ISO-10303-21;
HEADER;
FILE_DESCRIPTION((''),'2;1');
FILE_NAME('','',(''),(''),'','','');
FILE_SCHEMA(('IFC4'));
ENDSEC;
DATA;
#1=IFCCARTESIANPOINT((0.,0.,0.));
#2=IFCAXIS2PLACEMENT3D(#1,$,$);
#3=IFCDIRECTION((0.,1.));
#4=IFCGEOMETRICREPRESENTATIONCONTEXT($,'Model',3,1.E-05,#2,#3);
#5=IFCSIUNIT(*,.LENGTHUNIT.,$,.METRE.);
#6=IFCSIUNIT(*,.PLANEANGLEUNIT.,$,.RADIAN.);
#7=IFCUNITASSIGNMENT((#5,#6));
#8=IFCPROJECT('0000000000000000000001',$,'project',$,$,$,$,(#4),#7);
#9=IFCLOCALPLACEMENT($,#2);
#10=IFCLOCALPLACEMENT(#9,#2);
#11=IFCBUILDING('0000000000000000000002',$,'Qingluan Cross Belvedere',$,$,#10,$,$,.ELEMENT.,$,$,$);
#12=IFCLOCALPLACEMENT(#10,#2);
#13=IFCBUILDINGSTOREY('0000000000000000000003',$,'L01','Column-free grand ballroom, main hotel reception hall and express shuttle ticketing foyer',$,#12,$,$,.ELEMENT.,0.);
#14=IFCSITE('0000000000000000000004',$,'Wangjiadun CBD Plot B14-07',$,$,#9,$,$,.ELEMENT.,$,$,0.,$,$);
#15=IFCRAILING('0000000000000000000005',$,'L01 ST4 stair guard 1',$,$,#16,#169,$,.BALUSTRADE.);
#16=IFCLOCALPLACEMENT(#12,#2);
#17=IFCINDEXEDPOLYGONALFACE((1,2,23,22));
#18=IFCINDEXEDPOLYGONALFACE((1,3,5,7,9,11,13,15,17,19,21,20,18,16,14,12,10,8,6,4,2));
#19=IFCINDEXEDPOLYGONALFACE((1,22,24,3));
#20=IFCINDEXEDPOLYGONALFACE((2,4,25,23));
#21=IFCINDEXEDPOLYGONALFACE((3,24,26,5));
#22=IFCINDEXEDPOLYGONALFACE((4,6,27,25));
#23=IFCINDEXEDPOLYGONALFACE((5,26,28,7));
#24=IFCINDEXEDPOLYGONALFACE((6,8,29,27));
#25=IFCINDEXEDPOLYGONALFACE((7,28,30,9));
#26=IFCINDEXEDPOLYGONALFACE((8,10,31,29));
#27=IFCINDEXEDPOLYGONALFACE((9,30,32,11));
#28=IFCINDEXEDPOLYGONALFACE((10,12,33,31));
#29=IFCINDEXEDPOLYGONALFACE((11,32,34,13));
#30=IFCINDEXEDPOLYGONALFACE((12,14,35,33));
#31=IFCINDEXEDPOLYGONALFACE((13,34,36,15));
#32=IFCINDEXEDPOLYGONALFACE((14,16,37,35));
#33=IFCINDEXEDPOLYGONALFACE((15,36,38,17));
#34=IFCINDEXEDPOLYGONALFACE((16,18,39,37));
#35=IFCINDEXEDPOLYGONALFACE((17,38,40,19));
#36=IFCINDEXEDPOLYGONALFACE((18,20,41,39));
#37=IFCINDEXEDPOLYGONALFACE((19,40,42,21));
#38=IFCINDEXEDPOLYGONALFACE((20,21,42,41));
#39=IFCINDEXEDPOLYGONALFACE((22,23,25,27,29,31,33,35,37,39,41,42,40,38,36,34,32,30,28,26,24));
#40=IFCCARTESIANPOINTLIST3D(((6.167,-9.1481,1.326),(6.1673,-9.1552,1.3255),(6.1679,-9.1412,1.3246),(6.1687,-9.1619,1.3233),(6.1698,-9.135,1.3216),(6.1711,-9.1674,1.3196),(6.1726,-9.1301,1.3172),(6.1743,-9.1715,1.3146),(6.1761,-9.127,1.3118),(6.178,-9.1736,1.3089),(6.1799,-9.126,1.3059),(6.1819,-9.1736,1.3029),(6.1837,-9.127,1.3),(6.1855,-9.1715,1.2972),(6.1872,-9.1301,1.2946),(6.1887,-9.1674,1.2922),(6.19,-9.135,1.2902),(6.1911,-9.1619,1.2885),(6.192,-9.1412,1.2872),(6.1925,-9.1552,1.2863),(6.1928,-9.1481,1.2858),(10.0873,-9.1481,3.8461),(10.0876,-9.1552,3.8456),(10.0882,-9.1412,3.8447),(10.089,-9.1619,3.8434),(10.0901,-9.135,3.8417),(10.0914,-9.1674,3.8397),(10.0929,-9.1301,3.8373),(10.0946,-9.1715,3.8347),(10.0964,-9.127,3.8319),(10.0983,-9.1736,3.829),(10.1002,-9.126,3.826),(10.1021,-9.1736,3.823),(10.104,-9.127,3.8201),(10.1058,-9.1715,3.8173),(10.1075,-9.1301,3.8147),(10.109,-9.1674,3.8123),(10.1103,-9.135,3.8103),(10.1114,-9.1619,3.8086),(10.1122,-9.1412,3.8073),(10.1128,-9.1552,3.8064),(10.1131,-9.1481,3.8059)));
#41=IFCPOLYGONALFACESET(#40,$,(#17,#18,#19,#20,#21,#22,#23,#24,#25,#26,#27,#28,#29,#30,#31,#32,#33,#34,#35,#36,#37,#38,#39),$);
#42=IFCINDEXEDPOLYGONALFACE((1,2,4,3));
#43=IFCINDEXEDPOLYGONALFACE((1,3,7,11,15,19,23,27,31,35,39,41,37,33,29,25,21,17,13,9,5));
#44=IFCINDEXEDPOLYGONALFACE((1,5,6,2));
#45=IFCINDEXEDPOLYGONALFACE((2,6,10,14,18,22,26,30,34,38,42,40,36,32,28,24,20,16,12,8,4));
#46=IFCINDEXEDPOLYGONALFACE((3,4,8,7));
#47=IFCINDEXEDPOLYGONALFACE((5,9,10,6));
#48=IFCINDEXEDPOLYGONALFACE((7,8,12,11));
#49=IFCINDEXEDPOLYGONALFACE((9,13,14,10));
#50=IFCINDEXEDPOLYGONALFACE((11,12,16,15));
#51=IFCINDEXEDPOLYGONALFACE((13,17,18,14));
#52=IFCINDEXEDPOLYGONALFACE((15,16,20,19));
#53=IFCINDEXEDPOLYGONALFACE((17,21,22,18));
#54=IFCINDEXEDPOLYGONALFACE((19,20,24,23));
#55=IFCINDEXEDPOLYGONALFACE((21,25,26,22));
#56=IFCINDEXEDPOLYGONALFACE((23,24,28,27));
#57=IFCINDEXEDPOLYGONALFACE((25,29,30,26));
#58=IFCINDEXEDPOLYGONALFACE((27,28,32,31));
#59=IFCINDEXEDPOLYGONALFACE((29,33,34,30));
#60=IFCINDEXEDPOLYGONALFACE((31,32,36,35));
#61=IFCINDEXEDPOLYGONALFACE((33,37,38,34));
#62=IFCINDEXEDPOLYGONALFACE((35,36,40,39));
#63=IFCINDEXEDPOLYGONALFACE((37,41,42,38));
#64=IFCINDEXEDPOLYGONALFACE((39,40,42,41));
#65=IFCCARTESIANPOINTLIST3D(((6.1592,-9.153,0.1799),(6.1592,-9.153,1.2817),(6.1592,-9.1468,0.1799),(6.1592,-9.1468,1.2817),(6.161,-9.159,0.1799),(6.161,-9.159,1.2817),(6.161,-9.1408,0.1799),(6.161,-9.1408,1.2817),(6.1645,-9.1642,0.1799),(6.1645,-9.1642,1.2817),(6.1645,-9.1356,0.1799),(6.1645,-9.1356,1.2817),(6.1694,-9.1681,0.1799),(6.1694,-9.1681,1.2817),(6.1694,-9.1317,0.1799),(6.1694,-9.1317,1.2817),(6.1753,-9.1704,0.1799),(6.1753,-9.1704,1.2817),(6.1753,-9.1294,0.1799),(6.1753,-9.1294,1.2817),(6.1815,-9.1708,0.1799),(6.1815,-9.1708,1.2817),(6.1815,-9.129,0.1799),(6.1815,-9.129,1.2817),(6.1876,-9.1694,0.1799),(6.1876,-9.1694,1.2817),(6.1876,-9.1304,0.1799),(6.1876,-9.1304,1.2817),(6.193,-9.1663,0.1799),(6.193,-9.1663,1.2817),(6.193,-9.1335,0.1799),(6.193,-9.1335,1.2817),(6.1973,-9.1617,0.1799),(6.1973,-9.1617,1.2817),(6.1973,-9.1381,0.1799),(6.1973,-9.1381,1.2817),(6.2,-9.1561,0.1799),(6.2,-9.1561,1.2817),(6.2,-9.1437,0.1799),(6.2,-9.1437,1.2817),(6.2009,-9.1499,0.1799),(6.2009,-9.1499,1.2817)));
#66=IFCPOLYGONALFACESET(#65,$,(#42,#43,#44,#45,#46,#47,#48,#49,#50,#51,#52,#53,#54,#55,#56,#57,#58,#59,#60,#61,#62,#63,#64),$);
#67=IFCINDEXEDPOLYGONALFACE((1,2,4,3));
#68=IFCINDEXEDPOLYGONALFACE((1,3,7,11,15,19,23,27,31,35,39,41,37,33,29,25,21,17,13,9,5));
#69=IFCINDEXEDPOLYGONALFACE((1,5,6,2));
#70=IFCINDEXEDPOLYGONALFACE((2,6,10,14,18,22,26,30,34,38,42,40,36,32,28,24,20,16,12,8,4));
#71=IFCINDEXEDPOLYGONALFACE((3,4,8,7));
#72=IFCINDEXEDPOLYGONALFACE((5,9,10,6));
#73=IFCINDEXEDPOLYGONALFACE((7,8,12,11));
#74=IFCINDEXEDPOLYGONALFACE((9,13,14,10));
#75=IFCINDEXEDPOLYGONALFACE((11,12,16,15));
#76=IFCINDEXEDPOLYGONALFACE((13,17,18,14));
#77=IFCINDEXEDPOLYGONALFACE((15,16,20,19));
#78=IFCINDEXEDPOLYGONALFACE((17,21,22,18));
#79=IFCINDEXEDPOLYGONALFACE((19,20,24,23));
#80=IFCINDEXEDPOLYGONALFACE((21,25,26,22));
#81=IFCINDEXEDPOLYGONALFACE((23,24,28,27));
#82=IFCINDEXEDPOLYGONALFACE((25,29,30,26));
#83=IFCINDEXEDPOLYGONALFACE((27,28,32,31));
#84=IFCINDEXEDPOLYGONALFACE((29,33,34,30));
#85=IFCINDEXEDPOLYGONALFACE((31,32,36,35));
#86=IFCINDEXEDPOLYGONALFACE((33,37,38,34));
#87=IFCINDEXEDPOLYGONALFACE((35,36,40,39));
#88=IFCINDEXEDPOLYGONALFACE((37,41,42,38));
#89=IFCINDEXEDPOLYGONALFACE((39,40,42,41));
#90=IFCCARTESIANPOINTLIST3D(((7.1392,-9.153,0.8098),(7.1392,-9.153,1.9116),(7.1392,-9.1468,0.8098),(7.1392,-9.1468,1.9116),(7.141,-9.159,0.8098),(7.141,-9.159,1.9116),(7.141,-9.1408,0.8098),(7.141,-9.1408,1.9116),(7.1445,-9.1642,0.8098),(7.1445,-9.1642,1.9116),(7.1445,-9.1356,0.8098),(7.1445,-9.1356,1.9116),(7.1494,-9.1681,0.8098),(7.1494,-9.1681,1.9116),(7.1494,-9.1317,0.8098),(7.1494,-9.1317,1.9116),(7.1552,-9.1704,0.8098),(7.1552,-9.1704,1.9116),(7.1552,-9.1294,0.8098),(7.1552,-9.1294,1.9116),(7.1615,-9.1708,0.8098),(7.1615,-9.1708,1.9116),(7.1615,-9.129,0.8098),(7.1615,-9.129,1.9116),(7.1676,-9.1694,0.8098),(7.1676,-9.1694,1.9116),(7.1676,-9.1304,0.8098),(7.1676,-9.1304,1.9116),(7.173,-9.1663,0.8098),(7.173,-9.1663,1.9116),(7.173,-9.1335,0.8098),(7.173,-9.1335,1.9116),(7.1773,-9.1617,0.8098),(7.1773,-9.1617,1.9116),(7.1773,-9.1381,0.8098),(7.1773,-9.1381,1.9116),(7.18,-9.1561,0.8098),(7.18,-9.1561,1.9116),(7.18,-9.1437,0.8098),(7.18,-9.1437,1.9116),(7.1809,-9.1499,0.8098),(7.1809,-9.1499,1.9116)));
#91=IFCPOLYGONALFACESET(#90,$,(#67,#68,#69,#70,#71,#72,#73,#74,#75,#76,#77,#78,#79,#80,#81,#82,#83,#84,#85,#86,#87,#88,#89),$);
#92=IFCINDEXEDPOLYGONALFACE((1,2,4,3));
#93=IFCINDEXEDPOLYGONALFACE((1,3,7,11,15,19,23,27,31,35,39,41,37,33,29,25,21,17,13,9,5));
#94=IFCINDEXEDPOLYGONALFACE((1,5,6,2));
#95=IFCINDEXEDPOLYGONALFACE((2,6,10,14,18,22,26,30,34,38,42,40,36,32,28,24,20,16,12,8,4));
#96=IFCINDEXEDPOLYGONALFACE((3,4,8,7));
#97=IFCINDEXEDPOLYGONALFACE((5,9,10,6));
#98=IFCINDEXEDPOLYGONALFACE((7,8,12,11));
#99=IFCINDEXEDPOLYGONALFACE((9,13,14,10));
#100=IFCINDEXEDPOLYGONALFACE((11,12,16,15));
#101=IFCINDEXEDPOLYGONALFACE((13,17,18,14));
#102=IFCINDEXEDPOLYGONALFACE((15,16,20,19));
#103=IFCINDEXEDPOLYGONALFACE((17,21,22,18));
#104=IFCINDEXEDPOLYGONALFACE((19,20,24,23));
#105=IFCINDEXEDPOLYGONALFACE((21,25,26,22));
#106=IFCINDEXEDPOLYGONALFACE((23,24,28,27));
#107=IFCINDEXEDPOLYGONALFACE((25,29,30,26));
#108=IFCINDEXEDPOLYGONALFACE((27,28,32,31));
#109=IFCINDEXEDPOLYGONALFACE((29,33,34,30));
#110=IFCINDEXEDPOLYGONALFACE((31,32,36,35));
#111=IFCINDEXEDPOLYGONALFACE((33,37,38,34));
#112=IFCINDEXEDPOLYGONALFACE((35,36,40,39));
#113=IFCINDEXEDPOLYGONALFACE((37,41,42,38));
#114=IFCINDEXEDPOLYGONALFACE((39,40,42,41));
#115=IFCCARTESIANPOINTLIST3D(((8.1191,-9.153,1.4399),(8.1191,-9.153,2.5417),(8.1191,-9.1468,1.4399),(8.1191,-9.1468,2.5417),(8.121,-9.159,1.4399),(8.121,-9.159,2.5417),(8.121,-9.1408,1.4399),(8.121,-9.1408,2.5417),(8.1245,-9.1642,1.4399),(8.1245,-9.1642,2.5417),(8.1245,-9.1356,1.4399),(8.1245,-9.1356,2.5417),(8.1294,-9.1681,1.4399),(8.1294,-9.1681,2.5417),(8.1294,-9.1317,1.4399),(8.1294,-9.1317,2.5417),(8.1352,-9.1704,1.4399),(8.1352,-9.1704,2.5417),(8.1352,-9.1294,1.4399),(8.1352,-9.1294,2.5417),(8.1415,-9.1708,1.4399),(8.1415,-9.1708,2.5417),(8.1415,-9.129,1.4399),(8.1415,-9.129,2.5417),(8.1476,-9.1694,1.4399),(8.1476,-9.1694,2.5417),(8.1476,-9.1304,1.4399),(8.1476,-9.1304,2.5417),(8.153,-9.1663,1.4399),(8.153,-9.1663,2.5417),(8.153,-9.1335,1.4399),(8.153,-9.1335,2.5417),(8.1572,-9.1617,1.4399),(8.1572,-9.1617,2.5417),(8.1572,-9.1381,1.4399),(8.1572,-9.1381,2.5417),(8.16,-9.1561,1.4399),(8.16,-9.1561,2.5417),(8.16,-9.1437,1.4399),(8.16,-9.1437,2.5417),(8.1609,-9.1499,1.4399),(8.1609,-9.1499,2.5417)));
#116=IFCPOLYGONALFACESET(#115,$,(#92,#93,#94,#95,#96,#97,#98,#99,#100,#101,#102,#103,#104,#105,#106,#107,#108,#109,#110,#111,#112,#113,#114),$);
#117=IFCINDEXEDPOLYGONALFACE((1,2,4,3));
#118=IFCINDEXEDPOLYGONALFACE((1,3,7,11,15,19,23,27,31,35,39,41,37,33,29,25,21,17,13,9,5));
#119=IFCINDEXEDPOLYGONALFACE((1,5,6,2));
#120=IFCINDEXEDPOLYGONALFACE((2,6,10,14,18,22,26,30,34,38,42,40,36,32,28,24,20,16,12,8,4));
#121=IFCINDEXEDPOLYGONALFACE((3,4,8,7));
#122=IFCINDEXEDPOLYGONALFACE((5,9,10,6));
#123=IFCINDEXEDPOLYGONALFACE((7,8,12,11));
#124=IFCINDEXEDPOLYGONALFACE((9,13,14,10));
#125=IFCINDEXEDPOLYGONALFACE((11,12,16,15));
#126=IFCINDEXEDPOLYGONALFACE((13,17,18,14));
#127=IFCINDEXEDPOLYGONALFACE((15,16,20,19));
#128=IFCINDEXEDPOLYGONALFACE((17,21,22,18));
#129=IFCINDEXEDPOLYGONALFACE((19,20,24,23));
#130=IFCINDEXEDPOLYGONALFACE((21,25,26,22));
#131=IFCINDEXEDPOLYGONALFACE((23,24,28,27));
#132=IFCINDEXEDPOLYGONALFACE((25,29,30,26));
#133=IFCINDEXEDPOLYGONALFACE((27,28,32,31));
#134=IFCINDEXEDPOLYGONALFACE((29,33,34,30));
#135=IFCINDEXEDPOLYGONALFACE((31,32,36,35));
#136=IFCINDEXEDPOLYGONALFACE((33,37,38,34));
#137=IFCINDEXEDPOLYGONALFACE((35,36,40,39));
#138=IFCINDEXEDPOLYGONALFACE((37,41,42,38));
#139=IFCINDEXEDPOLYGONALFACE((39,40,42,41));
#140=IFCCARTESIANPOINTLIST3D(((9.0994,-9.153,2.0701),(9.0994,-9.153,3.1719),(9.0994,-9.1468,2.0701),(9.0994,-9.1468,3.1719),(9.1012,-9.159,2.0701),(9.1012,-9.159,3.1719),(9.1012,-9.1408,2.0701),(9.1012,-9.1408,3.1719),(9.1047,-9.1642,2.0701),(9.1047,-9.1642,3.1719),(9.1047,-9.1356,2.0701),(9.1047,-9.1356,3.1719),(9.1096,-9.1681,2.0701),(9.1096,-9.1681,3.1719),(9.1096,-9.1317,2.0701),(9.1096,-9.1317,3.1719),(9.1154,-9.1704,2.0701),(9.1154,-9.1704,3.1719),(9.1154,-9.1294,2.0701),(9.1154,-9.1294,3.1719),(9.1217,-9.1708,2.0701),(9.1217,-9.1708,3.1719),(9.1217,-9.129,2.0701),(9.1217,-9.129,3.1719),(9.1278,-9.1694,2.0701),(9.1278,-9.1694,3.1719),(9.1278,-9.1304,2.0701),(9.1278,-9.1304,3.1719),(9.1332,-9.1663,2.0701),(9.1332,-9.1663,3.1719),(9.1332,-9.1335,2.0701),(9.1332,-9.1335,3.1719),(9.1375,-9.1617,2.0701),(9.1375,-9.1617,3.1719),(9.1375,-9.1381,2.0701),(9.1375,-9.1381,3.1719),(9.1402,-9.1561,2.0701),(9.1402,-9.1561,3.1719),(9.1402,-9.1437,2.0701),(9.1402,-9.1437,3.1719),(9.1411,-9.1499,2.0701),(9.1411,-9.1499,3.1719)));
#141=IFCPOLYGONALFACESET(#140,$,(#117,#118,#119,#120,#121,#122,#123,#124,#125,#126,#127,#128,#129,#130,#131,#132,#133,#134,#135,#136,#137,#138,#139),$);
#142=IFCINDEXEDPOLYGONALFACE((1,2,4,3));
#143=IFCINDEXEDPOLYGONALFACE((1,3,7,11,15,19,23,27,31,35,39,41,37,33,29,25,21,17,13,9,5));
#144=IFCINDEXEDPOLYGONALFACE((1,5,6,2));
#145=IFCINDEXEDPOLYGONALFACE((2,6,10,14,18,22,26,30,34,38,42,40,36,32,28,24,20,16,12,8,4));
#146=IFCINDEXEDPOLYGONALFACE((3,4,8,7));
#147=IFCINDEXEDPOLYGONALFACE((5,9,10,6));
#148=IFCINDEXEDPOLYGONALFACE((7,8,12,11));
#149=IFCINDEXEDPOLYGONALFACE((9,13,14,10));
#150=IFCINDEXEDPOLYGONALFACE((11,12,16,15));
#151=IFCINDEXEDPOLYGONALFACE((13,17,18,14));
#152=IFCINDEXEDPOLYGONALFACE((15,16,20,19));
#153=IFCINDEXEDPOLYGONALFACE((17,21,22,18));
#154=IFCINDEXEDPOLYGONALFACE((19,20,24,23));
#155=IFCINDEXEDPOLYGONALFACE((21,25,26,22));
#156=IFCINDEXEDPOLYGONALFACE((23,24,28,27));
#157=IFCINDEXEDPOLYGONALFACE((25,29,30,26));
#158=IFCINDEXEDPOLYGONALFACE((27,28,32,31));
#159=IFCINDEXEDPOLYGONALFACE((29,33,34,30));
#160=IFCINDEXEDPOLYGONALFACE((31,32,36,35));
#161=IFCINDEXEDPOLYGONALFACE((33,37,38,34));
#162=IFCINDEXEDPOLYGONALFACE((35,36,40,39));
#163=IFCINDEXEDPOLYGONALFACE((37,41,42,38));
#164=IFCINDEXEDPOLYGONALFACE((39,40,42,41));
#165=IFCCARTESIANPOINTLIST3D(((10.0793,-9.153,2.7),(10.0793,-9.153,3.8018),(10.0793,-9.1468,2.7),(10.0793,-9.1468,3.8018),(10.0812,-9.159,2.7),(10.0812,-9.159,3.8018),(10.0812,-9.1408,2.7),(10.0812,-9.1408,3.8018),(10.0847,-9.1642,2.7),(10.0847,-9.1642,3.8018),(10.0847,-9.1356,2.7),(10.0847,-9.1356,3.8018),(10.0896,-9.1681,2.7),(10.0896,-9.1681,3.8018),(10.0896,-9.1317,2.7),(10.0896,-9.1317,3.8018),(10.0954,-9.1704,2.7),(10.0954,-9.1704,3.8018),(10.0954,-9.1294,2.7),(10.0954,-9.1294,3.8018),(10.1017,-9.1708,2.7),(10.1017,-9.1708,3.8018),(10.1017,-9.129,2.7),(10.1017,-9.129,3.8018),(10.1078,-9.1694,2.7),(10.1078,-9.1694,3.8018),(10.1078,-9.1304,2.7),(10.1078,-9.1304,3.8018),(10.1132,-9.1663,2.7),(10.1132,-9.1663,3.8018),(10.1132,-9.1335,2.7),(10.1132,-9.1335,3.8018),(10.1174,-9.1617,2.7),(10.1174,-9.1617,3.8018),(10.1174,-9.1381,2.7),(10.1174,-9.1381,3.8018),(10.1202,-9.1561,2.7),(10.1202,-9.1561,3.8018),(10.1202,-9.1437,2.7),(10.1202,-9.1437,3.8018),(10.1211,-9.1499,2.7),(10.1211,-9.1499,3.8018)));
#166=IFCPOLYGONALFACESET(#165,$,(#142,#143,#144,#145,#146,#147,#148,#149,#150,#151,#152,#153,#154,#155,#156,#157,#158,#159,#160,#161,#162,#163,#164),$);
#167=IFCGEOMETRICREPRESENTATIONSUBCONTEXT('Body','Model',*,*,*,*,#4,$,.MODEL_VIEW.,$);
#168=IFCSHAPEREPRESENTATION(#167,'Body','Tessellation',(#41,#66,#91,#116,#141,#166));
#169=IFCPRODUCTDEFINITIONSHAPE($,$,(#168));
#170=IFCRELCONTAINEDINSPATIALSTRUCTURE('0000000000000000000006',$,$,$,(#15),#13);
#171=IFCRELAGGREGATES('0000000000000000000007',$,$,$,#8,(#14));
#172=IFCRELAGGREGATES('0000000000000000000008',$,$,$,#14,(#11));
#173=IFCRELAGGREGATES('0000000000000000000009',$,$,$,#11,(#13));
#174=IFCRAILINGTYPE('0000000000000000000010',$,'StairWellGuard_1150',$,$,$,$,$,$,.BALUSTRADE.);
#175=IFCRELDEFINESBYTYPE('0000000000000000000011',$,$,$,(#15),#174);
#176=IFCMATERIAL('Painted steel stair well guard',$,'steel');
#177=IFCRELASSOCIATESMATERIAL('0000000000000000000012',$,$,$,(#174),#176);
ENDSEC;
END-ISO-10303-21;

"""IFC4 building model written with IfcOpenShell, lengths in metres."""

from ifc_helpers import new_model, si_unit, direction, frame, origin, origin_2d, place, context, subcontext, project, spatial, circle, extrude, material, type_object, element, save


model = new_model("IFC4")

# Units and contexts
model_context = context("Model", 3, precision=1e-05, world=origin(), true_north=direction((0.0, 1.0)))
body_context = subcontext(model_context, "Body", "Model", "MODEL_VIEW")
ifc_project = project(units=[si_unit("LENGTHUNIT", "METRE"), si_unit("PLANEANGLEUNIT", "RADIAN")], contexts=[model_context])

# Site, building, storey
site_placement = place(None, origin())
site = spatial("IfcSite", under=ifc_project, at=site_placement, Name="Wangjiadun CBD Plot B14-07", CompositionType="ELEMENT", RefElevation=0.0)
building_placement = place(site_placement, origin())
building = spatial("IfcBuilding", under=site, at=building_placement, Name="Qingluan Cross Belvedere", CompositionType="ELEMENT")
storey_placement = place(building_placement, origin())
storey = spatial("IfcBuildingStorey", under=building, at=storey_placement, Name="L01", Description="Column-free grand ballroom, main hotel reception hall and express shuttle ticketing foyer", CompositionType="ELEMENT", Elevation=0.0)

# Railing
ifc_material_1 = material(Name="Painted steel stair well guard", Category="steel")
railing_type_1 = type_object("IfcRailingType", Name="StairWellGuard_1150", PredefinedType="BALUSTRADE", material=ifc_material_1)
railing_1_placement = place(storey_placement, frame((6.1799, -9.1499, 0.1799)))
element("IfcRailing", 1, at=railing_1_placement, inside=storey, type_object=railing_type_1, Name="L01 ST4 stair guard 1", PredefinedType="BALUSTRADE", context=body_context, shape_type="SweptSolid", body=[
    extrude(circle(Radius=0.0239, at=origin_2d()), frame((0.0, 0.0, 1.126), z_axis=(0.841187, 0.0, 0.540744), x_axis=(0.0, 1.0, 0.0)), (0.0, 0.0, 1.0), 4.6604),
    extrude(circle(Radius=0.021, at=origin_2d()), origin(), (0.0, 0.0, 1.0), 1.1018),
    extrude(circle(Radius=0.021, at=origin_2d()), frame((0.98, 0.0, 0.6299)), (0.0, 0.0, 1.0), 1.1018),
    extrude(circle(Radius=0.021, at=origin_2d()), frame((1.96, 0.0, 1.26)), (0.0, 0.0, 1.0), 1.1018),
    extrude(circle(Radius=0.021, at=origin_2d()), frame((2.9402, 0.0, 1.8901)), (0.0, 0.0, 1.0), 1.1018),
    extrude(circle(Radius=0.021, at=origin_2d()), frame((3.9202, 0.0, 2.52)), (0.0, 0.0, 1.0), 1.1018),
])

save(model, "model.ifc")
